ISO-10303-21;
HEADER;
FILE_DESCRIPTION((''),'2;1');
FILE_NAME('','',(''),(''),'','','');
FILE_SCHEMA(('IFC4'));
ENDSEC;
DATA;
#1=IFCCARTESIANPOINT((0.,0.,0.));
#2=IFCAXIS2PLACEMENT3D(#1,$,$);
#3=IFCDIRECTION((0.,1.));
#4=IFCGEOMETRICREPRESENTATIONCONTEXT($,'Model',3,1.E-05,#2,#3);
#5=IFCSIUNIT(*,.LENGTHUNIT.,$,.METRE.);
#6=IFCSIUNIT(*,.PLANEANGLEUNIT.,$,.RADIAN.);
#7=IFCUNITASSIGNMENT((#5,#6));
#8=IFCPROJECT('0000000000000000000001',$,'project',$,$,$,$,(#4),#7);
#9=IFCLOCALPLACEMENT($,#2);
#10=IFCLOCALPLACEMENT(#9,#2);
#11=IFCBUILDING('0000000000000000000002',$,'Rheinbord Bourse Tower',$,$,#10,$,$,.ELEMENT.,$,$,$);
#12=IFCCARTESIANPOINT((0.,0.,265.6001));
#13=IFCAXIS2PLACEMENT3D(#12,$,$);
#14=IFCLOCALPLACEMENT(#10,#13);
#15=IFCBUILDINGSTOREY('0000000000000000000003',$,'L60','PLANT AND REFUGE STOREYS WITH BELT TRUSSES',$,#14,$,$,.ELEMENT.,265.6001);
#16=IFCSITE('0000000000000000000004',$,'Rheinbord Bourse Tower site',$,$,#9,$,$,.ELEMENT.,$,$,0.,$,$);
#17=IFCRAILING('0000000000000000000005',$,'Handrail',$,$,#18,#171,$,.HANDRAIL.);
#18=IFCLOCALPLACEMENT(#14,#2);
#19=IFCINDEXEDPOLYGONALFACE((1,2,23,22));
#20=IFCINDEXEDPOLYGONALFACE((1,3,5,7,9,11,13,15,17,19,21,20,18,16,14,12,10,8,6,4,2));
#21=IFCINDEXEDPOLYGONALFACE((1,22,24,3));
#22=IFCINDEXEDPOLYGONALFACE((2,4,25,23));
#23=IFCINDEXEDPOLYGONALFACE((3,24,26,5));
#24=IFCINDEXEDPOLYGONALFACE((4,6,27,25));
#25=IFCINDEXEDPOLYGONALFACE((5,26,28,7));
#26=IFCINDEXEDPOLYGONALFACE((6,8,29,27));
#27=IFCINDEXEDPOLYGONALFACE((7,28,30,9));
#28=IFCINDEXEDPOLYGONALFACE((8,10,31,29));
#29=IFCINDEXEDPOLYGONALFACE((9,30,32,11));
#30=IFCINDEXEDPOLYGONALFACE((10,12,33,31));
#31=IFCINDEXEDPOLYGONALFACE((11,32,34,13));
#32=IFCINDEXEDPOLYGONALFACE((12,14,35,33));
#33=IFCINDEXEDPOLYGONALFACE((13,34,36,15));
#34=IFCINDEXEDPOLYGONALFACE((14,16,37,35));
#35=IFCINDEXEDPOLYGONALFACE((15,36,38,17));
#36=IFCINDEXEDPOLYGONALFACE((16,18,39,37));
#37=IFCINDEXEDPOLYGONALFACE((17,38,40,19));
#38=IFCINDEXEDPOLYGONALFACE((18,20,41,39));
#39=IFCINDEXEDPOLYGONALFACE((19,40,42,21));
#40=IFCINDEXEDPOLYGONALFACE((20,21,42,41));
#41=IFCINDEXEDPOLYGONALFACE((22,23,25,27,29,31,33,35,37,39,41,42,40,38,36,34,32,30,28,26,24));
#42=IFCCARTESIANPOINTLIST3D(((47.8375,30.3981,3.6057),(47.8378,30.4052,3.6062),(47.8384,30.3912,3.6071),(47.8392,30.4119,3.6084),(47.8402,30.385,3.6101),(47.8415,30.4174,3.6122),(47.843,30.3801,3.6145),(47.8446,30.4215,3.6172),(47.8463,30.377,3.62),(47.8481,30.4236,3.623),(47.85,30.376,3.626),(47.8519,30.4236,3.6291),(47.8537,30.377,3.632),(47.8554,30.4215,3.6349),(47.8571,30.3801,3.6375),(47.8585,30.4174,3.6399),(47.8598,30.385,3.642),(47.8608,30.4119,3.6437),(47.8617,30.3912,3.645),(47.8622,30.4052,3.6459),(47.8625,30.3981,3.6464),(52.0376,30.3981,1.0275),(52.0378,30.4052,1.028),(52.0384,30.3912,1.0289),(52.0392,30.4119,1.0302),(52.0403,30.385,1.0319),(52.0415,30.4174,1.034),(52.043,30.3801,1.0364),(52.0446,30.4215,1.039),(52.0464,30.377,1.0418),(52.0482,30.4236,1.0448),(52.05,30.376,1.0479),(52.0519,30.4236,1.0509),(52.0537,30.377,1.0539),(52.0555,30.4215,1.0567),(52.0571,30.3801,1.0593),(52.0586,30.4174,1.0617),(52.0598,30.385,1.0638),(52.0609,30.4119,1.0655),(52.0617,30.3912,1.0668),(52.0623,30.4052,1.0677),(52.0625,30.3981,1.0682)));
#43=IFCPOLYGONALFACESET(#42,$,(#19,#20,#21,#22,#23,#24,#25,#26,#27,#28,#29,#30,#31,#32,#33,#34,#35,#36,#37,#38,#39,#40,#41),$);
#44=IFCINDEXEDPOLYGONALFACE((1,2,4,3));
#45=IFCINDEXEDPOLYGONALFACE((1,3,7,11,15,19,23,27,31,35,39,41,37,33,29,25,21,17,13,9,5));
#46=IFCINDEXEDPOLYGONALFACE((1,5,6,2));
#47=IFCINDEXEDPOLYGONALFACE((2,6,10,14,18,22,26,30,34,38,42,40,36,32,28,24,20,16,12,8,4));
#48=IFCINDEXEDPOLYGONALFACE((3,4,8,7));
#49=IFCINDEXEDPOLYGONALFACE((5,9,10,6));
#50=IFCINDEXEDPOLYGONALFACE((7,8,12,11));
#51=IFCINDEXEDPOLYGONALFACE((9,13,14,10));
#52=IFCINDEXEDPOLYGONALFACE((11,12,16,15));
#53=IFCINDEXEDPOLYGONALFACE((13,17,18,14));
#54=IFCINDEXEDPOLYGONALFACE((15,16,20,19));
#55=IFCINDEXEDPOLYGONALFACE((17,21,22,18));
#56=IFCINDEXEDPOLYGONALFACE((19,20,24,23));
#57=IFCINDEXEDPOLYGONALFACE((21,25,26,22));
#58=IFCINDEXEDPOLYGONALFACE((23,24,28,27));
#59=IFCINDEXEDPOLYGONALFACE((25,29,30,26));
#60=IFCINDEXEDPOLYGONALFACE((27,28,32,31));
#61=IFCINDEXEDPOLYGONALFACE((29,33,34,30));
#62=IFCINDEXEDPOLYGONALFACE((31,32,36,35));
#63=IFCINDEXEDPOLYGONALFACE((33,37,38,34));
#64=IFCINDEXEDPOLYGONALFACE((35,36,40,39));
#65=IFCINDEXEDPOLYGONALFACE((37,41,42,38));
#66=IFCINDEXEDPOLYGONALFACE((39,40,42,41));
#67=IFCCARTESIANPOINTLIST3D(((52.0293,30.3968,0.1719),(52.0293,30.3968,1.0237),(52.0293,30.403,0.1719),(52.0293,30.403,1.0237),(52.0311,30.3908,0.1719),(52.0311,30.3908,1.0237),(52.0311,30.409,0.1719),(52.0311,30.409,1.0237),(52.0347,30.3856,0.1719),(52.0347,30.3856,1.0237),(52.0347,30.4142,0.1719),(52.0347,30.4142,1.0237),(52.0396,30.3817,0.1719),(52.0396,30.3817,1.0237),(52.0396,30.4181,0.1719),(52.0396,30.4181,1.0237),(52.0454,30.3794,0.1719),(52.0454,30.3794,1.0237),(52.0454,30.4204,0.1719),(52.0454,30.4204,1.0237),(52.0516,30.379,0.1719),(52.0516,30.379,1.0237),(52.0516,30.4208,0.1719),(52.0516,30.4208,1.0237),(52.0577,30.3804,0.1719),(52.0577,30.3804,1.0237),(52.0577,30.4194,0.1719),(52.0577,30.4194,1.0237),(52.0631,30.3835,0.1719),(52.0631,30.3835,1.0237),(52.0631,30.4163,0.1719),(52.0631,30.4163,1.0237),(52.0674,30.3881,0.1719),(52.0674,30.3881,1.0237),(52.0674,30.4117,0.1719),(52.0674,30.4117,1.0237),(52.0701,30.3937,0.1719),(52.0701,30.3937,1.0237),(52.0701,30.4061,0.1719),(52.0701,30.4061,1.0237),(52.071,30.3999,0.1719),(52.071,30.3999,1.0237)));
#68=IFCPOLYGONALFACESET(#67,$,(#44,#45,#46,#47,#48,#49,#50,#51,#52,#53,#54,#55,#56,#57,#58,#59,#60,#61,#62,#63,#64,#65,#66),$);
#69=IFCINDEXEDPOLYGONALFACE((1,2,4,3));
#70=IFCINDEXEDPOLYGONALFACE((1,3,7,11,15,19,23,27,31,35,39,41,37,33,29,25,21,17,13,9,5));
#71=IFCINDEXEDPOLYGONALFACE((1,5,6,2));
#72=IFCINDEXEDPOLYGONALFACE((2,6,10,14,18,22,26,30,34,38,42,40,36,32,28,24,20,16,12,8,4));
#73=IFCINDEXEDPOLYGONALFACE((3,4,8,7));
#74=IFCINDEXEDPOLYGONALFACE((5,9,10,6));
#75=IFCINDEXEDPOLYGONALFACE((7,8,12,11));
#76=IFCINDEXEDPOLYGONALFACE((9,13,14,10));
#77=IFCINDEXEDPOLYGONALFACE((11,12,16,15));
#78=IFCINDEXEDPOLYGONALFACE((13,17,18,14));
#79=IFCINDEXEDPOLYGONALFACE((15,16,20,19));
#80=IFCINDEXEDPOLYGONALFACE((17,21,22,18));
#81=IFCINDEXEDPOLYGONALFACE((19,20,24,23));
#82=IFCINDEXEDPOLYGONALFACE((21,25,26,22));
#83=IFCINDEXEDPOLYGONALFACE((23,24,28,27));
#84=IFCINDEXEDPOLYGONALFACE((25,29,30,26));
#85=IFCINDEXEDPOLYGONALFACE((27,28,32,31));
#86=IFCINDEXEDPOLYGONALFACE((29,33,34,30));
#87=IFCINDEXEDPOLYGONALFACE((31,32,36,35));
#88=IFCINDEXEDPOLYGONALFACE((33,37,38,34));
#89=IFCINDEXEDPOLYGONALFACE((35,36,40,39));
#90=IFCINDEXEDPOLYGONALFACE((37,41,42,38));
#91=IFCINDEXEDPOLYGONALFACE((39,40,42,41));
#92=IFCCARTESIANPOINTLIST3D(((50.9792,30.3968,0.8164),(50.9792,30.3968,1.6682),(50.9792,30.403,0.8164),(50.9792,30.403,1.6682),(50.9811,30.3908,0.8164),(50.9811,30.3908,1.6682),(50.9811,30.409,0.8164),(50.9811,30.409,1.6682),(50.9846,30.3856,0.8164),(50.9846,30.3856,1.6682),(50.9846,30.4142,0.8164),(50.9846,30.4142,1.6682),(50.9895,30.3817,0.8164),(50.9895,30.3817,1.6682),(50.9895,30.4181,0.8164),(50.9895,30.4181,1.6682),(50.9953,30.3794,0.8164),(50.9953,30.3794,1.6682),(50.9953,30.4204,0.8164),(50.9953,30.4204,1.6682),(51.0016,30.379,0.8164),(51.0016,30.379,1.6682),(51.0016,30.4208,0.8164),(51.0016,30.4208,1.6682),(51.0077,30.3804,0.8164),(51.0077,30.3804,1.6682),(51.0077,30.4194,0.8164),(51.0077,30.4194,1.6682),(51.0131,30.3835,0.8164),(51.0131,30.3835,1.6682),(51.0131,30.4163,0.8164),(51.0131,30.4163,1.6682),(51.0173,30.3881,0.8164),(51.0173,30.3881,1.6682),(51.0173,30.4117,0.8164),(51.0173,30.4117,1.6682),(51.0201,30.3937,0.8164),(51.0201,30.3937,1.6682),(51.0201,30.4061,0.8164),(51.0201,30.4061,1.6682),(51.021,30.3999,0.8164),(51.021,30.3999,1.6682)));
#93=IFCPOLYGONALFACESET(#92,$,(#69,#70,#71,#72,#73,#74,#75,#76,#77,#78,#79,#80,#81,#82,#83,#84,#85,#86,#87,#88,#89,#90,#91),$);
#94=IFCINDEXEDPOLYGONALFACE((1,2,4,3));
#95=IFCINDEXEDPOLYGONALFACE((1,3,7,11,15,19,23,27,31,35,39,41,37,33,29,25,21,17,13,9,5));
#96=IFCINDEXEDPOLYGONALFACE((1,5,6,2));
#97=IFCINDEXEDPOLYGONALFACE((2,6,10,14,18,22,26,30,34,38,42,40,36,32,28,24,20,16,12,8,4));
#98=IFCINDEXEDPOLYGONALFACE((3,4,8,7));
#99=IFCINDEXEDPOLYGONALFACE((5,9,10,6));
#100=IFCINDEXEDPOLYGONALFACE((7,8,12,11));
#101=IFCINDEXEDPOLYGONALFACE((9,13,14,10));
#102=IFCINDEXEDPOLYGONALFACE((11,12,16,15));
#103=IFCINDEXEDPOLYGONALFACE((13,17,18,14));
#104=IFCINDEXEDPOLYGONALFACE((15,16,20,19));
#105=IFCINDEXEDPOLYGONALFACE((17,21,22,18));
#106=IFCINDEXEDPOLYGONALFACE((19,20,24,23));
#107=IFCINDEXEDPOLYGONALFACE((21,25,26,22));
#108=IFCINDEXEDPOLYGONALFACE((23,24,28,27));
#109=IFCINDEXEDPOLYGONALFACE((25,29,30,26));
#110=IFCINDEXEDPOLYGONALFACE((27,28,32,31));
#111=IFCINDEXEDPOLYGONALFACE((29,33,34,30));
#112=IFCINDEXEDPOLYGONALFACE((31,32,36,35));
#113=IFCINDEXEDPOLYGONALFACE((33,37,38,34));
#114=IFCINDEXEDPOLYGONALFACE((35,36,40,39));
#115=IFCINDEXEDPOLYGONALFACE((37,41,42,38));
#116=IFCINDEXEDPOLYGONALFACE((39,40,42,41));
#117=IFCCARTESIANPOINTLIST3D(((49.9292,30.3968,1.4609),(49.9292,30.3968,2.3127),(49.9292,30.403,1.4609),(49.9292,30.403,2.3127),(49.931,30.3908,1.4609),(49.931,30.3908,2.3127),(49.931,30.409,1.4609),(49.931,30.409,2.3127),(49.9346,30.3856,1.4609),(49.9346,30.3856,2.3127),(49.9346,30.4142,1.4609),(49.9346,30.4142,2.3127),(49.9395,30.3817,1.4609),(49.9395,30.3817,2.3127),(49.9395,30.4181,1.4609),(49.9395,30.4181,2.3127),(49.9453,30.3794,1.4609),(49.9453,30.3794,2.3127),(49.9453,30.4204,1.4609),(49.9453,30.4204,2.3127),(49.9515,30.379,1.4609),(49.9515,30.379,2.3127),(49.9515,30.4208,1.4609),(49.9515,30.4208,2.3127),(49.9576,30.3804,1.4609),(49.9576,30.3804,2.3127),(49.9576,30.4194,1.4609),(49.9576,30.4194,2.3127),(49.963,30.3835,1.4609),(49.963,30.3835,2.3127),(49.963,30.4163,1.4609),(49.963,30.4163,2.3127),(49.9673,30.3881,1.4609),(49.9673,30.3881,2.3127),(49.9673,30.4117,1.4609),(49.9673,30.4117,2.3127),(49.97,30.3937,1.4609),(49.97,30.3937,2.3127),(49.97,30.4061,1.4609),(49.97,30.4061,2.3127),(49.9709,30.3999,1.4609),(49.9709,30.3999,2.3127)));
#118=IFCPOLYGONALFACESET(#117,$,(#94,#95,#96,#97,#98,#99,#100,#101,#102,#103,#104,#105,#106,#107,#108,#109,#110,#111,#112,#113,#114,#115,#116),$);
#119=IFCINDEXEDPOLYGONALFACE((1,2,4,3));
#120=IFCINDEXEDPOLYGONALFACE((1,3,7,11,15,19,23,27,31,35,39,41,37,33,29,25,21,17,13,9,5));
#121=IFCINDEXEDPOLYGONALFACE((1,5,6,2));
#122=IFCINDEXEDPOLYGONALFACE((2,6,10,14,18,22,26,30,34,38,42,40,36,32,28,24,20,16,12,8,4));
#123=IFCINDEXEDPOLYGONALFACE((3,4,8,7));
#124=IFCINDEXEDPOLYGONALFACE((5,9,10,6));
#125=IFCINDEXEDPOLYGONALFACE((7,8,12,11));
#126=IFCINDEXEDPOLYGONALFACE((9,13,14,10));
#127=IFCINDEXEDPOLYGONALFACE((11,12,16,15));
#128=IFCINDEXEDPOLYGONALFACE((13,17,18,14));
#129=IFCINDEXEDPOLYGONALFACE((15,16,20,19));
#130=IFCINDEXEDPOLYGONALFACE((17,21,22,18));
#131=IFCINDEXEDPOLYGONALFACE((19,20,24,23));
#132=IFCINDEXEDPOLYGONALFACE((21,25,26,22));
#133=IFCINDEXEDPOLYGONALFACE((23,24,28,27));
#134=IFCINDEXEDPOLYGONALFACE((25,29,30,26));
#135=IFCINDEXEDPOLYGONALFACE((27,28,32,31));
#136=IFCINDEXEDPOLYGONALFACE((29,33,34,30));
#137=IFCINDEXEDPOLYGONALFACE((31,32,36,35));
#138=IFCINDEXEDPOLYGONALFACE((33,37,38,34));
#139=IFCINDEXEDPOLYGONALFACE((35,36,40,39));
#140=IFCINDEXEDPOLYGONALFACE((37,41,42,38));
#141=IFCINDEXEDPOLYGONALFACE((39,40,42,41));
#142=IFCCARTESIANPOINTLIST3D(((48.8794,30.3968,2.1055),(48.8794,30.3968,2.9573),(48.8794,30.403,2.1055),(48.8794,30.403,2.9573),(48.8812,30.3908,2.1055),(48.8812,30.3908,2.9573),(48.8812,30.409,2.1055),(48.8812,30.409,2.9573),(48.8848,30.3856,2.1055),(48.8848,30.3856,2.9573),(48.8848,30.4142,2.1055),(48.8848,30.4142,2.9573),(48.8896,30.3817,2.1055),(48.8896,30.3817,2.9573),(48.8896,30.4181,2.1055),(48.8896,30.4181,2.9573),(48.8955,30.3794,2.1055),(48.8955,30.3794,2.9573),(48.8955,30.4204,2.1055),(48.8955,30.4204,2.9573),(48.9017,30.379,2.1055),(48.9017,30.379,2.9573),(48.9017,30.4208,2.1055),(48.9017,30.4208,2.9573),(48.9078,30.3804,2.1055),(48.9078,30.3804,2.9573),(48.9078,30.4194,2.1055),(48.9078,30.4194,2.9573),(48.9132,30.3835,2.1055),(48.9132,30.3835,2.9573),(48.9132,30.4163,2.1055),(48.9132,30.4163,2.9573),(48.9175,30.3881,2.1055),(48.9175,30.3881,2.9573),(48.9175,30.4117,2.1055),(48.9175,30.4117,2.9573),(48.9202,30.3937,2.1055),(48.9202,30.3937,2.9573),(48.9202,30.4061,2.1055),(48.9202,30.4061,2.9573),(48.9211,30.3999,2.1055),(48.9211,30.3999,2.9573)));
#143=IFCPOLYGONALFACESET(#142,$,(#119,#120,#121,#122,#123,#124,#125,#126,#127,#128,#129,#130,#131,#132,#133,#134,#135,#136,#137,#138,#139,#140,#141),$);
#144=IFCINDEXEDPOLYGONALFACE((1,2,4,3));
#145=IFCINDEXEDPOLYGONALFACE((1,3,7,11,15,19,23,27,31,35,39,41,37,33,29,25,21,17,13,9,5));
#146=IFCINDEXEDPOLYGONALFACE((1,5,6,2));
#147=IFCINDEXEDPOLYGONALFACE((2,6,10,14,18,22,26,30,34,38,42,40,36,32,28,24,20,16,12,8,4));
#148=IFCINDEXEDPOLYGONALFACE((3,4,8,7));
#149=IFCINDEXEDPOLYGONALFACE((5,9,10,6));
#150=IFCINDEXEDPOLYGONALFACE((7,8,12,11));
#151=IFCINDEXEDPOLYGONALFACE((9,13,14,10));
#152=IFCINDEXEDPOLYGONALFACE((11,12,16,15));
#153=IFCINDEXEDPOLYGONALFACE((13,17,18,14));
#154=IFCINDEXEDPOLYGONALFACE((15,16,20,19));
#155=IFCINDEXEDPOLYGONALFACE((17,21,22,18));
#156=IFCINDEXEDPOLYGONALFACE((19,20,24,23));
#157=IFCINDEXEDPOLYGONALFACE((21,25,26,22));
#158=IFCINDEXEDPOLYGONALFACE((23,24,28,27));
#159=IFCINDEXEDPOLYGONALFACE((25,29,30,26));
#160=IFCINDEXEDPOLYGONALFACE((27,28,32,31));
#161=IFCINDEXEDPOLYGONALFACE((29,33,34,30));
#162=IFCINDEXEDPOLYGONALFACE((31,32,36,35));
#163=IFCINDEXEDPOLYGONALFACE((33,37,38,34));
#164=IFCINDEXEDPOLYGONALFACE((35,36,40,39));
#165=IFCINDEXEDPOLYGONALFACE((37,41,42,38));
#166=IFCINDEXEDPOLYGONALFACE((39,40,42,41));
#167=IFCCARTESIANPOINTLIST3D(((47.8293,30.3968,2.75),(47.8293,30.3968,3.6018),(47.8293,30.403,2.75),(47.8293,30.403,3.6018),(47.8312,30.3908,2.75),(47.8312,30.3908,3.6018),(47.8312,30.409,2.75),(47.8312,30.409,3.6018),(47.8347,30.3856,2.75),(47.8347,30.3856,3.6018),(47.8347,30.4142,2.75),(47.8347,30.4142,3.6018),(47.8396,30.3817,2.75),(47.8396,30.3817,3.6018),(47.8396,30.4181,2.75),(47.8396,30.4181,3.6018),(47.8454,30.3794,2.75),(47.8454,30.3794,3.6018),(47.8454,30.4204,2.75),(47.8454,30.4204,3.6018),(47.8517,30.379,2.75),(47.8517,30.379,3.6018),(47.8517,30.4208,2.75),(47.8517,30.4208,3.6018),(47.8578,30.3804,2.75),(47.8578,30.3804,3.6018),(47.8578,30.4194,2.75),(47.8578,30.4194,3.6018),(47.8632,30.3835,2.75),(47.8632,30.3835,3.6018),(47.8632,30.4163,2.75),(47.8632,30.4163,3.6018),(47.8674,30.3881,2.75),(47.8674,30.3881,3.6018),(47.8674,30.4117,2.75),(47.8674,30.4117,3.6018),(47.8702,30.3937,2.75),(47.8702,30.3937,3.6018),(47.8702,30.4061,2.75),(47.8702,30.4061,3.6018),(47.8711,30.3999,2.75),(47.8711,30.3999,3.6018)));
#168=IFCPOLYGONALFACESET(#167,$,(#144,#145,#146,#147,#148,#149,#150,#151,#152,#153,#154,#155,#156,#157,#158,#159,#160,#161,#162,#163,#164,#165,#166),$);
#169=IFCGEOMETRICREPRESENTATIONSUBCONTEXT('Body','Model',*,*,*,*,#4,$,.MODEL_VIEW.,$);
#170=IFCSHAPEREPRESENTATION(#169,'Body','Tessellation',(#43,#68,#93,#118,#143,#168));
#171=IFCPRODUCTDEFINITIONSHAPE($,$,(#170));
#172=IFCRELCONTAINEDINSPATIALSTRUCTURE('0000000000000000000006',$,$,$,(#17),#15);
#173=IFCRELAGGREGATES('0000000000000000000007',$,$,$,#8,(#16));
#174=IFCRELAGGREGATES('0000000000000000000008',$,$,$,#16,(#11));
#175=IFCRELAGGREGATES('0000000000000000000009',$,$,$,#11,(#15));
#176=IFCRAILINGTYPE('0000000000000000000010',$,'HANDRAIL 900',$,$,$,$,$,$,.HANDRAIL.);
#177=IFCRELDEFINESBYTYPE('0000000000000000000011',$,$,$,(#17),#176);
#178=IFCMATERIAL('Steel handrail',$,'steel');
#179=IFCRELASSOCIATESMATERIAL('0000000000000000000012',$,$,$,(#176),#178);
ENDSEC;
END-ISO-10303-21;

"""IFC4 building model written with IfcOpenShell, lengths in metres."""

from ifc_helpers import new_model, si_unit, direction, frame, origin, origin_2d, place, context, subcontext, project, spatial, circle, extrude, material, type_object, element, save


model = new_model("IFC4")

# Units and contexts
model_context = context("Model", 3, precision=1e-05, world=origin(), true_north=direction((0.0, 1.0)))
body_context = subcontext(model_context, "Body", "Model", "MODEL_VIEW")
ifc_project = project(units=[si_unit("LENGTHUNIT", "METRE"), si_unit("PLANEANGLEUNIT", "RADIAN")], contexts=[model_context])

# Site, building, storey
site_placement = place(None, origin())
site = spatial("IfcSite", under=ifc_project, at=site_placement, Name="Rheinbord Bourse Tower site", CompositionType="ELEMENT", RefElevation=0.0)
building_placement = place(site_placement, origin())
building = spatial("IfcBuilding", under=site, at=building_placement, Name="Rheinbord Bourse Tower", CompositionType="ELEMENT")
storey_placement = place(building_placement, frame((0.0, 0.0, 265.6001)))
storey = spatial("IfcBuildingStorey", under=building, at=storey_placement, Name="L60", Description="PLANT AND REFUGE STOREYS WITH BELT TRUSSES", CompositionType="ELEMENT", Elevation=265.6001)

# Railing
ifc_material_1 = material(Name="Steel handrail", Category="steel")
railing_type = type_object("IfcRailingType", Name="HANDRAIL 900", PredefinedType="HANDRAIL", material=ifc_material_1)
railing_1_placement = place(storey_placement, frame((52.05, 30.3999, 0.1719)))
element("IfcRailing", 1, at=railing_1_placement, inside=storey, type_object=railing_type, Name="Handrail", PredefinedType="HANDRAIL", context=body_context, shape_type="SweptSolid", body=[
    extrude(circle(Radius=0.0239, at=origin_2d()), frame((0.0, 0.0, 0.876), z_axis=(-0.852243, 0.0, 0.523146), x_axis=(0.0, -1.0, 0.0)), (0.0, 0.0, 1.0), 4.9282),
    extrude(circle(Radius=0.021, at=origin_2d()), origin(), (0.0, 0.0, 1.0), 0.8518),
    extrude(circle(Radius=0.021, at=origin_2d()), frame((-1.05, 0.0, 0.6445)), (0.0, 0.0, 1.0), 0.8518),
    extrude(circle(Radius=0.021, at=origin_2d()), frame((-2.1001, 0.0, 1.2891)), (0.0, 0.0, 1.0), 0.8518),
    extrude(circle(Radius=0.021, at=origin_2d()), frame((-3.1499, 0.0, 1.9336)), (0.0, 0.0, 1.0), 0.8518),
    extrude(circle(Radius=0.021, at=origin_2d()), frame((-4.2, 0.0, 2.5781)), (0.0, 0.0, 1.0), 0.8518),
])

save(model, "model.ifc")
